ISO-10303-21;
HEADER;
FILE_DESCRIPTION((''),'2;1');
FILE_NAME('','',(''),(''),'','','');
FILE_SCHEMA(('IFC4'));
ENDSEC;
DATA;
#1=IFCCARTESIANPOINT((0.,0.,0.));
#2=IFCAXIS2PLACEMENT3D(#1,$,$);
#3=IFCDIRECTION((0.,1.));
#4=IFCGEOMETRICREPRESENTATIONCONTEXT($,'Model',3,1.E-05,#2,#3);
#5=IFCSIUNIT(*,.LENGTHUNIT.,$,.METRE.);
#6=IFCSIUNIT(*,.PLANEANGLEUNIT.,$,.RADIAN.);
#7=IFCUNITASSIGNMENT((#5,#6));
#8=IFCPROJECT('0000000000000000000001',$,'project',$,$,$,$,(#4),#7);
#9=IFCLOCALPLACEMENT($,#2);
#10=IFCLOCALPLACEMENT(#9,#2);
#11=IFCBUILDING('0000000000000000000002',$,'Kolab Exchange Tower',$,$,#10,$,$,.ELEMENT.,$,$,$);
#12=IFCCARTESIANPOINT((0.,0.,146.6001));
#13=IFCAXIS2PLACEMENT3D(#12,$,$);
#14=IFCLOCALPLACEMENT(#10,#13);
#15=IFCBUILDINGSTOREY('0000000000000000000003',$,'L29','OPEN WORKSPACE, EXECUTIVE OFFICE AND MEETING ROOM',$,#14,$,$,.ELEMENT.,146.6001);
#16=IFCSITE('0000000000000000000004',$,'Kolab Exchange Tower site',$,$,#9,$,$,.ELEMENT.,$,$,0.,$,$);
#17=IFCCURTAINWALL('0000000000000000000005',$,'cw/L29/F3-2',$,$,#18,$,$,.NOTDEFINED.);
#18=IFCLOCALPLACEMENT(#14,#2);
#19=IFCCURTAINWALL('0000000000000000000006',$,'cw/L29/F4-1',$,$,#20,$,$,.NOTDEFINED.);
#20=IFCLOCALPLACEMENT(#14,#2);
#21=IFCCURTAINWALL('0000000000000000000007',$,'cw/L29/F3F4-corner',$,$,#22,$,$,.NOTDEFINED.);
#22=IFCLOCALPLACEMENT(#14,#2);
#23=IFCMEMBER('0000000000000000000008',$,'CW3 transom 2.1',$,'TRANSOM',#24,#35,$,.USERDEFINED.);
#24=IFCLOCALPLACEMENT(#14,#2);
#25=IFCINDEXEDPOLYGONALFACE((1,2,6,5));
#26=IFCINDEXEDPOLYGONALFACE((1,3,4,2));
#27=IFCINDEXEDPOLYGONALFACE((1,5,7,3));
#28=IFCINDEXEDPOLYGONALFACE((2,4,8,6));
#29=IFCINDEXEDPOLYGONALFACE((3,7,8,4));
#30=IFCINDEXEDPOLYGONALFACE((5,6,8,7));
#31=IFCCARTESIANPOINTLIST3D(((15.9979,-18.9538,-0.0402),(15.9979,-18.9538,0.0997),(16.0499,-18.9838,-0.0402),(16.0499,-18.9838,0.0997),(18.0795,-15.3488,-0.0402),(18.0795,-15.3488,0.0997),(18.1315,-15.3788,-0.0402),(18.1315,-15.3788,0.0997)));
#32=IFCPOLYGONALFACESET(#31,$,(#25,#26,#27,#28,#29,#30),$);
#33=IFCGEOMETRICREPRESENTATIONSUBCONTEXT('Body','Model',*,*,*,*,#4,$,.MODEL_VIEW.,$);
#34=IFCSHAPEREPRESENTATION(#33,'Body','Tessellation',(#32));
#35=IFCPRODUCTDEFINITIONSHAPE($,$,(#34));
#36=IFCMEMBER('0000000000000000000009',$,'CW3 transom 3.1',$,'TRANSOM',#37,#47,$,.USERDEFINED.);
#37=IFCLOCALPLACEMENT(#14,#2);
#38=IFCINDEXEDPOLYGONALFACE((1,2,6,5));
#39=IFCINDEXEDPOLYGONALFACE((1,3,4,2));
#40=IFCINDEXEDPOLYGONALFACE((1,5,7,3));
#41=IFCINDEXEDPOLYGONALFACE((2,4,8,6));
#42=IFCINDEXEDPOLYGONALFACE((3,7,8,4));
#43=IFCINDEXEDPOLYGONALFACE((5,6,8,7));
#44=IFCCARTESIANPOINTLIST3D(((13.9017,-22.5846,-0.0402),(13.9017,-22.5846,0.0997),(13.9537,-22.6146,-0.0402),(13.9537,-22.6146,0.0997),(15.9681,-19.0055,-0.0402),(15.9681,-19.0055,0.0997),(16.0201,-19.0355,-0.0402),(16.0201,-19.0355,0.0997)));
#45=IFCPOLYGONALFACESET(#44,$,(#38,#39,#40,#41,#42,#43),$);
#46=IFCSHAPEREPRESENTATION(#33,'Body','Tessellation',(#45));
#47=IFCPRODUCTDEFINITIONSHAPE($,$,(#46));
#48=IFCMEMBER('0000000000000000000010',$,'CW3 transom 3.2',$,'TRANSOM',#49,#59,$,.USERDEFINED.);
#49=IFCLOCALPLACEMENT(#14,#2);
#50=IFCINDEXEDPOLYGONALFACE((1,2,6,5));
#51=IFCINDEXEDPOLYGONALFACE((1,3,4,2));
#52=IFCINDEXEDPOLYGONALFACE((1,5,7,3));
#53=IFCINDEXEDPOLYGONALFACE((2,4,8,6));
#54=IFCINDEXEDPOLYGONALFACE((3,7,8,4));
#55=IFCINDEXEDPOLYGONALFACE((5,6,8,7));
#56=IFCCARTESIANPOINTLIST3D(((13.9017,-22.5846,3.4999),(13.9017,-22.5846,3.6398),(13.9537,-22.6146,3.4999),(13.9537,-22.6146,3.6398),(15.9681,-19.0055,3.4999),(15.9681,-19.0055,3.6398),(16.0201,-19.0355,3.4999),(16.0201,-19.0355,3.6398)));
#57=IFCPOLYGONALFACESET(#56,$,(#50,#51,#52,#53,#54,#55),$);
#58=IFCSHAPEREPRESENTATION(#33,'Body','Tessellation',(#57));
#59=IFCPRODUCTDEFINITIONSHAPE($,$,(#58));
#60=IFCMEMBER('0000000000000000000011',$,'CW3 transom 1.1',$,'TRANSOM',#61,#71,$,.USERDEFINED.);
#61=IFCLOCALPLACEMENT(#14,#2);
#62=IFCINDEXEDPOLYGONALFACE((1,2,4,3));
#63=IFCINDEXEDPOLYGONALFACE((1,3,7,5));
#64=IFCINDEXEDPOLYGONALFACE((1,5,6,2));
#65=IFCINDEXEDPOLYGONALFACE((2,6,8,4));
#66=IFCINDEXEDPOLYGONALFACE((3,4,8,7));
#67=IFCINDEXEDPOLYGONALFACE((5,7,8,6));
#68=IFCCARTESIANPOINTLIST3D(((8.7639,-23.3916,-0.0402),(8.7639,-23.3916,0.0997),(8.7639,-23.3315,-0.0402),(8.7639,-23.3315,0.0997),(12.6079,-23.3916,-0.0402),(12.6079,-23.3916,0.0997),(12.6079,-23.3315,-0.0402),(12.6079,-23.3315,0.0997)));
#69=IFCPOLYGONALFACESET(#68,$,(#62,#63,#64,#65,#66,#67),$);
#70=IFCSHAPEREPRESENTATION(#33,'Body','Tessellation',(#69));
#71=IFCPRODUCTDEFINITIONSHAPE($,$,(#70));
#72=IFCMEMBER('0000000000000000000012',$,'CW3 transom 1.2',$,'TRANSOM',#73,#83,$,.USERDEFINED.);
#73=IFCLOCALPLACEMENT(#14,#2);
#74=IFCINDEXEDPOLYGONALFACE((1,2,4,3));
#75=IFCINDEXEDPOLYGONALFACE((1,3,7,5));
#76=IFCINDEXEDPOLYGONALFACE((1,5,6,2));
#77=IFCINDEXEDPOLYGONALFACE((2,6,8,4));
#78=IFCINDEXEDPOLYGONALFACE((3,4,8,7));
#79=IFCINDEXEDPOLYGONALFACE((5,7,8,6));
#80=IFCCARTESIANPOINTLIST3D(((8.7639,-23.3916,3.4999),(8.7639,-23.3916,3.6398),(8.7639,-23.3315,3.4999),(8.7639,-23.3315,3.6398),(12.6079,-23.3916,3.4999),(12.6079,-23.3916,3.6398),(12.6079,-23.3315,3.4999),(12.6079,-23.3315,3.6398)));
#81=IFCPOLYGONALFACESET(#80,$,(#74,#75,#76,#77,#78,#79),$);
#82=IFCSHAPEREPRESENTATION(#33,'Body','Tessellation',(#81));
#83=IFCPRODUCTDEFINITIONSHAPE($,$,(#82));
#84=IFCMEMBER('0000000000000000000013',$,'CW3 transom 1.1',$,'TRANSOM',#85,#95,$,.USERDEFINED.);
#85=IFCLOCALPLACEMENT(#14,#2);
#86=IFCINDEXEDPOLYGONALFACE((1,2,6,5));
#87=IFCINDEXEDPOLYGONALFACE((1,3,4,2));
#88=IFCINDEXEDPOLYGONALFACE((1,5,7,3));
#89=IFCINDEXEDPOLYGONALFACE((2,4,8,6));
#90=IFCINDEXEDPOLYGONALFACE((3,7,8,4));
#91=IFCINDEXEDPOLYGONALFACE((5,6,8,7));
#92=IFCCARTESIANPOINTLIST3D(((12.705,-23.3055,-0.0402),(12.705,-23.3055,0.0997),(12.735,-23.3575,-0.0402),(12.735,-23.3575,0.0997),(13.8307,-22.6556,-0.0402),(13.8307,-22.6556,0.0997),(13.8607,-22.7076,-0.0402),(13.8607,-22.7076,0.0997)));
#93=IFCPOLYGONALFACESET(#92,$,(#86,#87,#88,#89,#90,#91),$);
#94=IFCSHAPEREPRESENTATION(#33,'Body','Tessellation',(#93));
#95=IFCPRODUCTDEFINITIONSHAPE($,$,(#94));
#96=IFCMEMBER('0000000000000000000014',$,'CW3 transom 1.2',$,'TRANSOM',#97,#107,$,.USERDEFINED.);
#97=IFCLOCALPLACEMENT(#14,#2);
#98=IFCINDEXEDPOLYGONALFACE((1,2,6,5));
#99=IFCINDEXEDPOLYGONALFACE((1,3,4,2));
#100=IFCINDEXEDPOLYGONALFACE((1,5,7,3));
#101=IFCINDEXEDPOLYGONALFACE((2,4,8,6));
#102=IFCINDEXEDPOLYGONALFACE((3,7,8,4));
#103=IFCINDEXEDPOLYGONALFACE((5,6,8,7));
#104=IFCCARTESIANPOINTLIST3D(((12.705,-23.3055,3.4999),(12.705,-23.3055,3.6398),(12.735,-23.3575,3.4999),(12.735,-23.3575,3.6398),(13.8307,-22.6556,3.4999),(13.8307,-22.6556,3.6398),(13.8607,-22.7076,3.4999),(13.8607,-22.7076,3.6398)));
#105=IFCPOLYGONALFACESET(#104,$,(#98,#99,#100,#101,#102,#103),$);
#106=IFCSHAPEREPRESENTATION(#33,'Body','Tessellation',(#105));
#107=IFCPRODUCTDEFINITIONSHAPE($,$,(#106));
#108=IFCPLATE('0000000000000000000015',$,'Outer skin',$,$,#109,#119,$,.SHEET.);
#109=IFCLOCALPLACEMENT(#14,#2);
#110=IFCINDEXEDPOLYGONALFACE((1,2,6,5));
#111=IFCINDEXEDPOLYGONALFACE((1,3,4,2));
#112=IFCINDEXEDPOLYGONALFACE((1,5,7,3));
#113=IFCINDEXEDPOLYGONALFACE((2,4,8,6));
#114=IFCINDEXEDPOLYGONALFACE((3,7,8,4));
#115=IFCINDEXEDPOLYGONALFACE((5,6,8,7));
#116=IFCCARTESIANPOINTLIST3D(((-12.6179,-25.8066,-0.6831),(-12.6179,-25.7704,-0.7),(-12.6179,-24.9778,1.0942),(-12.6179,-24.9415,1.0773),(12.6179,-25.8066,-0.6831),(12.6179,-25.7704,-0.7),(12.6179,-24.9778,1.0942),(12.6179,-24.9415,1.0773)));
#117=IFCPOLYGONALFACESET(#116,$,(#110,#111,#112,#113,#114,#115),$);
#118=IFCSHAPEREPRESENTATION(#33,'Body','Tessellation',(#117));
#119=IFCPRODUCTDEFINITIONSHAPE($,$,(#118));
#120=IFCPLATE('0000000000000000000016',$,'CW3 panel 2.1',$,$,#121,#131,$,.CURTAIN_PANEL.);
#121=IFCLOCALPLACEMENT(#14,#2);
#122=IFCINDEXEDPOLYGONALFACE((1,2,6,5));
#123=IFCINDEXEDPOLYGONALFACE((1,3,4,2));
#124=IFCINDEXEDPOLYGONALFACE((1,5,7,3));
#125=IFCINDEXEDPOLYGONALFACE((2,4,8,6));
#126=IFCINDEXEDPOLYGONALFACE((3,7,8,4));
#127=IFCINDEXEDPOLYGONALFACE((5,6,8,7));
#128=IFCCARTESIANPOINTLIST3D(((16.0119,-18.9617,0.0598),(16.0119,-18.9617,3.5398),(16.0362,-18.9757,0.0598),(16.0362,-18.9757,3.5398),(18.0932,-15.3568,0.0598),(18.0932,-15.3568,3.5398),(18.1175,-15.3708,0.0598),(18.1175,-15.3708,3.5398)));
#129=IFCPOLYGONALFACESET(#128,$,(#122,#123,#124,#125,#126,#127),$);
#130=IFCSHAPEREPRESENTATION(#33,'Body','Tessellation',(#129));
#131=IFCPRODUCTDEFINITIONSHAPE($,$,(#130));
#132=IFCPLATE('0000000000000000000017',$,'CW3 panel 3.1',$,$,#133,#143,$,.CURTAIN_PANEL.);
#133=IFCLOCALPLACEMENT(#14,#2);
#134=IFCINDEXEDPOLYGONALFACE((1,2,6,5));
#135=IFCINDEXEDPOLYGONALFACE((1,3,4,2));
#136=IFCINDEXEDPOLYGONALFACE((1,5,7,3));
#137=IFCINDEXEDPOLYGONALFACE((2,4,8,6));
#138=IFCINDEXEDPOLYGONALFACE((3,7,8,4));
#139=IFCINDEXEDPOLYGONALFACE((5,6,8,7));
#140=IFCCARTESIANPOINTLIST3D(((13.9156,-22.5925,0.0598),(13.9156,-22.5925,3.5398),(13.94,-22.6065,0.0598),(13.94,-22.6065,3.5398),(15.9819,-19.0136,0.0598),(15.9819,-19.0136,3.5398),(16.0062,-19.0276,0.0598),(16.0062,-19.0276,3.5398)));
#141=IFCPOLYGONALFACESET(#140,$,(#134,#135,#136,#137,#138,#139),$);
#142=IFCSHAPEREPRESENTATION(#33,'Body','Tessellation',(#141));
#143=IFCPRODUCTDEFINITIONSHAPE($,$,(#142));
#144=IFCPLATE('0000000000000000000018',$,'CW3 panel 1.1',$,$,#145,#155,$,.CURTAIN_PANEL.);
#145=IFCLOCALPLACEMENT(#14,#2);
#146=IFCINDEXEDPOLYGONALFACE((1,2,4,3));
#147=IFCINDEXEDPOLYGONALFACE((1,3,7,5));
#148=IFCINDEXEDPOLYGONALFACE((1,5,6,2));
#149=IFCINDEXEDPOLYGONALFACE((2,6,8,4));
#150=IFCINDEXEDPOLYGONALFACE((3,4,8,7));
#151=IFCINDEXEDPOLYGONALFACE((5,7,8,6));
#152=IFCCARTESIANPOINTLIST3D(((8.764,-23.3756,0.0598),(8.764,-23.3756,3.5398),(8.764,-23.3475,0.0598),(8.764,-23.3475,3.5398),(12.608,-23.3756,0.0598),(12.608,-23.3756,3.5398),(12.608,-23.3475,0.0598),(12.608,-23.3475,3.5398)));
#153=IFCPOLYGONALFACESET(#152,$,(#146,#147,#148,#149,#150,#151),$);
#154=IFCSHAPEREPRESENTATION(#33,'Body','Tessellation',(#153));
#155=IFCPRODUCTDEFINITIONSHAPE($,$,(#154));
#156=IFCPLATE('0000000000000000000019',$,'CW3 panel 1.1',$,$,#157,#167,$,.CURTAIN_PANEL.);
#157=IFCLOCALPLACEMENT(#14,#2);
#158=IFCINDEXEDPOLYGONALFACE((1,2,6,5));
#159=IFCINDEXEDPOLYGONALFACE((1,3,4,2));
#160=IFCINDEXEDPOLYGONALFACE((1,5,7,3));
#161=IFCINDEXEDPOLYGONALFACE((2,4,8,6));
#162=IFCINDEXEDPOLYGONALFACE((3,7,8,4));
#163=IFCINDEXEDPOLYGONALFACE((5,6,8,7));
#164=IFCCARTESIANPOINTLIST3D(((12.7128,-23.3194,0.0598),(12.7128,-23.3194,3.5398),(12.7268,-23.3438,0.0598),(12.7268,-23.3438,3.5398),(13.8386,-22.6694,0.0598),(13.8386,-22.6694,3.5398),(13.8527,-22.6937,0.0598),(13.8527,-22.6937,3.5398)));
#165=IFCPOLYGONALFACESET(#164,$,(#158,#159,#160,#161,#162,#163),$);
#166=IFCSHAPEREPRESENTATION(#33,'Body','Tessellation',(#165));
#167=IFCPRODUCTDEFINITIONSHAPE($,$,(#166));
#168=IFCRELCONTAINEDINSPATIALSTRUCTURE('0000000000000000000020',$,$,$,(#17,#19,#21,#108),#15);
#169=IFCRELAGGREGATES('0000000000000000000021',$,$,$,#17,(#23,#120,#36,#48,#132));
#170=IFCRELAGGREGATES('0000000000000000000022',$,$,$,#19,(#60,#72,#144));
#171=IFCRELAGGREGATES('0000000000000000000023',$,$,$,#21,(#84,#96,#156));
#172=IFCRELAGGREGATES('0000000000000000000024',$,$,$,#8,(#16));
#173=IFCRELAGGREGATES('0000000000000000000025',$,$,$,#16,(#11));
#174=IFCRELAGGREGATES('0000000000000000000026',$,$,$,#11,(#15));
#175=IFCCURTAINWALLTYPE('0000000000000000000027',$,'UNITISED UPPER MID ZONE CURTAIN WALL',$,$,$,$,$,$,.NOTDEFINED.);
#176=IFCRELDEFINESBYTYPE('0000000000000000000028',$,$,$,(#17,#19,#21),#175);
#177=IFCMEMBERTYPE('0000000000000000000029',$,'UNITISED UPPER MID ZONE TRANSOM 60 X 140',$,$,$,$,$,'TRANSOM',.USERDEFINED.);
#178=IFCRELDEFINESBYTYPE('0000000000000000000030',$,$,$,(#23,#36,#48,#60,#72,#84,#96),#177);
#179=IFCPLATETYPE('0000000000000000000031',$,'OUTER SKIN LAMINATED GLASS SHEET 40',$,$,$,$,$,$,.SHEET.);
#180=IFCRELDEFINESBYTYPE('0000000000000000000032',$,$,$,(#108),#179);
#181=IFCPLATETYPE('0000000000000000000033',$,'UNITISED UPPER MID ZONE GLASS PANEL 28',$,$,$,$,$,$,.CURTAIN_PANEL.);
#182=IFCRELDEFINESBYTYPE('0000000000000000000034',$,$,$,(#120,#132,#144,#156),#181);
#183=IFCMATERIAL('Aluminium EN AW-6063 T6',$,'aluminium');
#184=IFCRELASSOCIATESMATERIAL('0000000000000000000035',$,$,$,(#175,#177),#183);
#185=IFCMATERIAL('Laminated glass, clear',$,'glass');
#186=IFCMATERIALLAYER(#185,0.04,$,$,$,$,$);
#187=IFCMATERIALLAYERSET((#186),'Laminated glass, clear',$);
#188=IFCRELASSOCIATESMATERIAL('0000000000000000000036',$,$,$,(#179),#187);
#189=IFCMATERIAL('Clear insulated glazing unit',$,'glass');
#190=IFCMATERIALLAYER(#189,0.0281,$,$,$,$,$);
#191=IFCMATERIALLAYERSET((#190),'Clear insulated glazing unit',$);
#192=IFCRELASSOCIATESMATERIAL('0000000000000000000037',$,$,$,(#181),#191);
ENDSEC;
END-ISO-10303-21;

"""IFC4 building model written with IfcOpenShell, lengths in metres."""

from ifc_helpers import new_model, si_unit, direction, frame, origin, origin_2d, place, context, subcontext, project, spatial, polyline, rectangle, outline, extrude, material, layer, layer_set, material_profile, profile_set, type_object, element, aggregate, save


model = new_model("IFC4")

# Units and contexts
model_context = context("Model", 3, precision=1e-05, world=origin(), true_north=direction((0.0, 1.0)))
body_context = subcontext(model_context, "Body", "Model", "MODEL_VIEW")
ifc_project = project(units=[si_unit("LENGTHUNIT", "METRE"), si_unit("PLANEANGLEUNIT", "RADIAN")], contexts=[model_context])

# Site, building, storey
site_placement = place(None, origin())
site = spatial("IfcSite", under=ifc_project, at=site_placement, Name="Kolab Exchange Tower site", CompositionType="ELEMENT", RefElevation=0.0)
building_placement = place(site_placement, origin())
building = spatial("IfcBuilding", under=site, at=building_placement, Name="Kolab Exchange Tower", CompositionType="ELEMENT")
storey_placement = place(building_placement, frame((0.0, 0.0, 146.6001)))
storey = spatial("IfcBuildingStorey", under=building, at=storey_placement, Name="L29", Description="OPEN WORKSPACE, EXECUTIVE OFFICE AND MEETING ROOM", CompositionType="ELEMENT", Elevation=146.6001)

# Curtain wall
ifc_material_1 = material(Name="Aluminium EN AW-6063 T6", Category="aluminium")
curtain_wall_type = type_object("IfcCurtainWallType", Name="UNITISED UPPER MID ZONE CURTAIN WALL", PredefinedType="NOTDEFINED", material=ifc_material_1)
curtain_wall_1_placement = place(storey_placement, origin())
curtain_wall_1 = element("IfcCurtainWall", 1, at=curtain_wall_1_placement, inside=storey, type_object=curtain_wall_type, Name="cw/L29/F3-2", PredefinedType="NOTDEFINED")

# Curtain wall
curtain_wall_2_placement = place(storey_placement, origin())
curtain_wall_2 = element("IfcCurtainWall", 2, at=curtain_wall_2_placement, inside=storey, type_object=curtain_wall_type, Name="cw/L29/F4-1", PredefinedType="NOTDEFINED")

# Curtain wall
curtain_wall_3_placement = place(storey_placement, origin())
curtain_wall_3 = element("IfcCurtainWall", 3, at=curtain_wall_3_placement, inside=storey, type_object=curtain_wall_type, Name="cw/L29/F3F4-corner", PredefinedType="NOTDEFINED")

# Members
ifc_material_profile_1 = material_profile(ifc_material_1, rectangle(XDim=0.0601, YDim=0.1399, at=origin_2d()), Name="RECT 60X140")
ifc_profile_set_1 = profile_set([ifc_material_profile_1], Name="Aluminium EN AW-6063 T6")
member_type_1 = type_object("IfcMemberType", Name="UNITISED UPPER MID ZONE TRANSOM 60 X 140", ElementType="TRANSOM", PredefinedType="USERDEFINED", material=ifc_profile_set_1)
member_1_placement = place(storey_placement, frame((18.1055, -15.3638, 0.0298), z_axis=(-0.500037, -0.866004, 0.0), x_axis=(0.866004, -0.500037, 0.0)))
member_1 = element("IfcMember", 4, at=member_1_placement, type_object=member_type_1, Name="CW3 transom 2.1", ObjectType="TRANSOM", PredefinedType="USERDEFINED", context=body_context, shape_type="SweptSolid", body=[
    extrude(rectangle(XDim=0.0601, YDim=0.1399, at=origin_2d()), origin(), (0.0, 0.0, 1.0), 4.1628),
])
member_2_placement = place(storey_placement, frame((15.9941, -19.0205, 0.0298), z_axis=(-0.500002, -0.866024, 0.0), x_axis=(0.866024, -0.500002, 0.0)))
member_2 = element("IfcMember", 5, at=member_2_placement, type_object=member_type_1, Name="CW3 transom 3.1", ObjectType="TRANSOM", PredefinedType="USERDEFINED", context=body_context, shape_type="SweptSolid", body=[
    extrude(rectangle(XDim=0.0601, YDim=0.1399, at=origin_2d()), origin(), (0.0, 0.0, 1.0), 4.1328),
])
member_3_placement = place(storey_placement, frame((15.9941, -19.0205, 3.5698), z_axis=(-0.500002, -0.866024, 0.0), x_axis=(0.866024, -0.500002, 0.0)))
member_3 = element("IfcMember", 6, at=member_3_placement, type_object=member_type_1, Name="CW3 transom 3.2", ObjectType="TRANSOM", PredefinedType="USERDEFINED", context=body_context, shape_type="SweptSolid", body=[
    extrude(rectangle(XDim=0.0601, YDim=0.1399, at=origin_2d()), origin(), (0.0, 0.0, 1.0), 4.1328),
])
member_4_placement = place(storey_placement, frame((12.6079, -23.3616, 0.0298), z_axis=(-1.0, 0.0, 0.0), x_axis=(0.0, -1.0, 0.0)))
member_4 = element("IfcMember", 7, at=member_4_placement, type_object=member_type_1, Name="CW3 transom 1.1", ObjectType="TRANSOM", PredefinedType="USERDEFINED", context=body_context, shape_type="SweptSolid", body=[
    extrude(rectangle(XDim=0.0601, YDim=0.1399, at=origin_2d()), origin(), (0.0, 0.0, 1.0), 3.844),
])
member_5_placement = place(storey_placement, frame((12.6079, -23.3616, 3.5698), z_axis=(-1.0, 0.0, 0.0), x_axis=(0.0, -1.0, 0.0)))
member_5 = element("IfcMember", 8, at=member_5_placement, type_object=member_type_1, Name="CW3 transom 1.2", ObjectType="TRANSOM", PredefinedType="USERDEFINED", context=body_context, shape_type="SweptSolid", body=[
    extrude(rectangle(XDim=0.0601, YDim=0.1399, at=origin_2d()), origin(), (0.0, 0.0, 1.0), 3.844),
])
member_6_placement = place(storey_placement, frame((13.8457, -22.6816, 0.0298), z_axis=(-0.866039, -0.499977, 0.0), x_axis=(0.499977, -0.866039, 0.0)))
member_6 = element("IfcMember", 9, at=member_6_placement, type_object=member_type_1, Name="CW3 transom 1.1", ObjectType="TRANSOM", PredefinedType="USERDEFINED", context=body_context, shape_type="SweptSolid", body=[
    extrude(rectangle(XDim=0.0601, YDim=0.1399, at=origin_2d()), origin(), (0.0, 0.0, 1.0), 1.2998),
])
member_7_placement = place(storey_placement, frame((13.8457, -22.6816, 3.5698), z_axis=(-0.866039, -0.499977, 0.0), x_axis=(0.499977, -0.866039, 0.0)))
member_7 = element("IfcMember", 10, at=member_7_placement, type_object=member_type_1, Name="CW3 transom 1.2", ObjectType="TRANSOM", PredefinedType="USERDEFINED", context=body_context, shape_type="SweptSolid", body=[
    extrude(rectangle(XDim=0.0601, YDim=0.1399, at=origin_2d()), origin(), (0.0, 0.0, 1.0), 1.2998),
])

# Plates
ifc_material_2 = material(Name="Laminated glass, clear", Category="glass")
ifc_layer_1 = layer(ifc_material_2, 0.04)
ifc_layer_set_1 = layer_set([ifc_layer_1], Name="Laminated glass, clear")
plate_type_1 = type_object("IfcPlateType", Name="OUTER SKIN LAMINATED GLASS SHEET 40", PredefinedType="SHEET", material=ifc_layer_set_1)
plate_1_placement = place(storey_placement, frame((12.6179, -25.8066, -0.6831), z_axis=(0.0, -0.906294, 0.422647), x_axis=(-1.0, 0.0, 0.0)))
element("IfcPlate", 11, at=plate_1_placement, inside=storey, type_object=plate_type_1, Name="Outer skin", PredefinedType="SHEET", context=body_context, shape_type="SweptSolid", body=[
    extrude(outline(polyline([(0.0, 0.0), (25.2358, 0.0), (25.2358, -1.9611), (0.0, -1.9611), (0.0, 0.0)])), origin(), (0.0, 0.0, -1.0), 0.04),
])
ifc_material_3 = material(Name="Clear insulated glazing unit", Category="glass")
ifc_layer_2 = layer(ifc_material_3, 0.0281)
ifc_layer_set_2 = layer_set([ifc_layer_2], Name="Clear insulated glazing unit")
plate_type_2 = type_object("IfcPlateType", Name="UNITISED UPPER MID ZONE GLASS PANEL 28", PredefinedType="CURTAIN_PANEL", material=ifc_layer_set_2)
plate_2_placement = place(storey_placement, frame((17.0647, -17.1663, 0.0598), z_axis=(0.0, 0.0, 1.0), x_axis=(-0.5, -0.866025, 0.0)))
plate_2 = element("IfcPlate", 12, at=plate_2_placement, type_object=plate_type_2, Name="CW3 panel 2.1", PredefinedType="CURTAIN_PANEL", context=body_context, shape_type="SweptSolid", body=[
    extrude(rectangle(XDim=4.1626, YDim=0.0281, at=origin_2d()), origin(), (0.0, 0.0, 1.0), 3.48),
])
plate_3_placement = place(storey_placement, frame((14.9609, -20.8101, 0.0598), z_axis=(0.0, 0.0, 1.0), x_axis=(-0.5, -0.866025, 0.0)))
plate_3 = element("IfcPlate", 13, at=plate_3_placement, type_object=plate_type_2, Name="CW3 panel 3.1", PredefinedType="CURTAIN_PANEL", context=body_context, shape_type="SweptSolid", body=[
    extrude(rectangle(XDim=4.1326, YDim=0.0281, at=origin_2d()), origin(), (0.0, 0.0, 1.0), 3.48),
])
aggregate(curtain_wall_1, [member_1, plate_2, member_2, member_3, plate_3])
plate_4_placement = place(storey_placement, frame((10.686, -23.3616, 0.0598), z_axis=(0.0, 0.0, 1.0), x_axis=(-1.0, 0.0, 0.0)))
plate_4 = element("IfcPlate", 14, at=plate_4_placement, type_object=plate_type_2, Name="CW3 panel 1.1", PredefinedType="CURTAIN_PANEL", context=body_context, shape_type="SweptSolid", body=[
    extrude(rectangle(XDim=3.844, YDim=0.0281, at=origin_2d()), origin(), (0.0, 0.0, 1.0), 3.48),
])
aggregate(curtain_wall_2, [member_4, member_5, plate_4])
plate_5_placement = place(storey_placement, frame((13.2827, -23.0066, 0.0598), z_axis=(0.0, 0.0, 1.0), x_axis=(-0.866025, -0.5, 0.0)))
plate_5 = element("IfcPlate", 15, at=plate_5_placement, type_object=plate_type_2, Name="CW3 panel 1.1", PredefinedType="CURTAIN_PANEL", context=body_context, shape_type="SweptSolid", body=[
    extrude(rectangle(XDim=1.3, YDim=0.0281, at=origin_2d()), origin(), (0.0, 0.0, 1.0), 3.48),
])
aggregate(curtain_wall_3, [member_6, member_7, plate_5])

save(model, "model.ifc")
